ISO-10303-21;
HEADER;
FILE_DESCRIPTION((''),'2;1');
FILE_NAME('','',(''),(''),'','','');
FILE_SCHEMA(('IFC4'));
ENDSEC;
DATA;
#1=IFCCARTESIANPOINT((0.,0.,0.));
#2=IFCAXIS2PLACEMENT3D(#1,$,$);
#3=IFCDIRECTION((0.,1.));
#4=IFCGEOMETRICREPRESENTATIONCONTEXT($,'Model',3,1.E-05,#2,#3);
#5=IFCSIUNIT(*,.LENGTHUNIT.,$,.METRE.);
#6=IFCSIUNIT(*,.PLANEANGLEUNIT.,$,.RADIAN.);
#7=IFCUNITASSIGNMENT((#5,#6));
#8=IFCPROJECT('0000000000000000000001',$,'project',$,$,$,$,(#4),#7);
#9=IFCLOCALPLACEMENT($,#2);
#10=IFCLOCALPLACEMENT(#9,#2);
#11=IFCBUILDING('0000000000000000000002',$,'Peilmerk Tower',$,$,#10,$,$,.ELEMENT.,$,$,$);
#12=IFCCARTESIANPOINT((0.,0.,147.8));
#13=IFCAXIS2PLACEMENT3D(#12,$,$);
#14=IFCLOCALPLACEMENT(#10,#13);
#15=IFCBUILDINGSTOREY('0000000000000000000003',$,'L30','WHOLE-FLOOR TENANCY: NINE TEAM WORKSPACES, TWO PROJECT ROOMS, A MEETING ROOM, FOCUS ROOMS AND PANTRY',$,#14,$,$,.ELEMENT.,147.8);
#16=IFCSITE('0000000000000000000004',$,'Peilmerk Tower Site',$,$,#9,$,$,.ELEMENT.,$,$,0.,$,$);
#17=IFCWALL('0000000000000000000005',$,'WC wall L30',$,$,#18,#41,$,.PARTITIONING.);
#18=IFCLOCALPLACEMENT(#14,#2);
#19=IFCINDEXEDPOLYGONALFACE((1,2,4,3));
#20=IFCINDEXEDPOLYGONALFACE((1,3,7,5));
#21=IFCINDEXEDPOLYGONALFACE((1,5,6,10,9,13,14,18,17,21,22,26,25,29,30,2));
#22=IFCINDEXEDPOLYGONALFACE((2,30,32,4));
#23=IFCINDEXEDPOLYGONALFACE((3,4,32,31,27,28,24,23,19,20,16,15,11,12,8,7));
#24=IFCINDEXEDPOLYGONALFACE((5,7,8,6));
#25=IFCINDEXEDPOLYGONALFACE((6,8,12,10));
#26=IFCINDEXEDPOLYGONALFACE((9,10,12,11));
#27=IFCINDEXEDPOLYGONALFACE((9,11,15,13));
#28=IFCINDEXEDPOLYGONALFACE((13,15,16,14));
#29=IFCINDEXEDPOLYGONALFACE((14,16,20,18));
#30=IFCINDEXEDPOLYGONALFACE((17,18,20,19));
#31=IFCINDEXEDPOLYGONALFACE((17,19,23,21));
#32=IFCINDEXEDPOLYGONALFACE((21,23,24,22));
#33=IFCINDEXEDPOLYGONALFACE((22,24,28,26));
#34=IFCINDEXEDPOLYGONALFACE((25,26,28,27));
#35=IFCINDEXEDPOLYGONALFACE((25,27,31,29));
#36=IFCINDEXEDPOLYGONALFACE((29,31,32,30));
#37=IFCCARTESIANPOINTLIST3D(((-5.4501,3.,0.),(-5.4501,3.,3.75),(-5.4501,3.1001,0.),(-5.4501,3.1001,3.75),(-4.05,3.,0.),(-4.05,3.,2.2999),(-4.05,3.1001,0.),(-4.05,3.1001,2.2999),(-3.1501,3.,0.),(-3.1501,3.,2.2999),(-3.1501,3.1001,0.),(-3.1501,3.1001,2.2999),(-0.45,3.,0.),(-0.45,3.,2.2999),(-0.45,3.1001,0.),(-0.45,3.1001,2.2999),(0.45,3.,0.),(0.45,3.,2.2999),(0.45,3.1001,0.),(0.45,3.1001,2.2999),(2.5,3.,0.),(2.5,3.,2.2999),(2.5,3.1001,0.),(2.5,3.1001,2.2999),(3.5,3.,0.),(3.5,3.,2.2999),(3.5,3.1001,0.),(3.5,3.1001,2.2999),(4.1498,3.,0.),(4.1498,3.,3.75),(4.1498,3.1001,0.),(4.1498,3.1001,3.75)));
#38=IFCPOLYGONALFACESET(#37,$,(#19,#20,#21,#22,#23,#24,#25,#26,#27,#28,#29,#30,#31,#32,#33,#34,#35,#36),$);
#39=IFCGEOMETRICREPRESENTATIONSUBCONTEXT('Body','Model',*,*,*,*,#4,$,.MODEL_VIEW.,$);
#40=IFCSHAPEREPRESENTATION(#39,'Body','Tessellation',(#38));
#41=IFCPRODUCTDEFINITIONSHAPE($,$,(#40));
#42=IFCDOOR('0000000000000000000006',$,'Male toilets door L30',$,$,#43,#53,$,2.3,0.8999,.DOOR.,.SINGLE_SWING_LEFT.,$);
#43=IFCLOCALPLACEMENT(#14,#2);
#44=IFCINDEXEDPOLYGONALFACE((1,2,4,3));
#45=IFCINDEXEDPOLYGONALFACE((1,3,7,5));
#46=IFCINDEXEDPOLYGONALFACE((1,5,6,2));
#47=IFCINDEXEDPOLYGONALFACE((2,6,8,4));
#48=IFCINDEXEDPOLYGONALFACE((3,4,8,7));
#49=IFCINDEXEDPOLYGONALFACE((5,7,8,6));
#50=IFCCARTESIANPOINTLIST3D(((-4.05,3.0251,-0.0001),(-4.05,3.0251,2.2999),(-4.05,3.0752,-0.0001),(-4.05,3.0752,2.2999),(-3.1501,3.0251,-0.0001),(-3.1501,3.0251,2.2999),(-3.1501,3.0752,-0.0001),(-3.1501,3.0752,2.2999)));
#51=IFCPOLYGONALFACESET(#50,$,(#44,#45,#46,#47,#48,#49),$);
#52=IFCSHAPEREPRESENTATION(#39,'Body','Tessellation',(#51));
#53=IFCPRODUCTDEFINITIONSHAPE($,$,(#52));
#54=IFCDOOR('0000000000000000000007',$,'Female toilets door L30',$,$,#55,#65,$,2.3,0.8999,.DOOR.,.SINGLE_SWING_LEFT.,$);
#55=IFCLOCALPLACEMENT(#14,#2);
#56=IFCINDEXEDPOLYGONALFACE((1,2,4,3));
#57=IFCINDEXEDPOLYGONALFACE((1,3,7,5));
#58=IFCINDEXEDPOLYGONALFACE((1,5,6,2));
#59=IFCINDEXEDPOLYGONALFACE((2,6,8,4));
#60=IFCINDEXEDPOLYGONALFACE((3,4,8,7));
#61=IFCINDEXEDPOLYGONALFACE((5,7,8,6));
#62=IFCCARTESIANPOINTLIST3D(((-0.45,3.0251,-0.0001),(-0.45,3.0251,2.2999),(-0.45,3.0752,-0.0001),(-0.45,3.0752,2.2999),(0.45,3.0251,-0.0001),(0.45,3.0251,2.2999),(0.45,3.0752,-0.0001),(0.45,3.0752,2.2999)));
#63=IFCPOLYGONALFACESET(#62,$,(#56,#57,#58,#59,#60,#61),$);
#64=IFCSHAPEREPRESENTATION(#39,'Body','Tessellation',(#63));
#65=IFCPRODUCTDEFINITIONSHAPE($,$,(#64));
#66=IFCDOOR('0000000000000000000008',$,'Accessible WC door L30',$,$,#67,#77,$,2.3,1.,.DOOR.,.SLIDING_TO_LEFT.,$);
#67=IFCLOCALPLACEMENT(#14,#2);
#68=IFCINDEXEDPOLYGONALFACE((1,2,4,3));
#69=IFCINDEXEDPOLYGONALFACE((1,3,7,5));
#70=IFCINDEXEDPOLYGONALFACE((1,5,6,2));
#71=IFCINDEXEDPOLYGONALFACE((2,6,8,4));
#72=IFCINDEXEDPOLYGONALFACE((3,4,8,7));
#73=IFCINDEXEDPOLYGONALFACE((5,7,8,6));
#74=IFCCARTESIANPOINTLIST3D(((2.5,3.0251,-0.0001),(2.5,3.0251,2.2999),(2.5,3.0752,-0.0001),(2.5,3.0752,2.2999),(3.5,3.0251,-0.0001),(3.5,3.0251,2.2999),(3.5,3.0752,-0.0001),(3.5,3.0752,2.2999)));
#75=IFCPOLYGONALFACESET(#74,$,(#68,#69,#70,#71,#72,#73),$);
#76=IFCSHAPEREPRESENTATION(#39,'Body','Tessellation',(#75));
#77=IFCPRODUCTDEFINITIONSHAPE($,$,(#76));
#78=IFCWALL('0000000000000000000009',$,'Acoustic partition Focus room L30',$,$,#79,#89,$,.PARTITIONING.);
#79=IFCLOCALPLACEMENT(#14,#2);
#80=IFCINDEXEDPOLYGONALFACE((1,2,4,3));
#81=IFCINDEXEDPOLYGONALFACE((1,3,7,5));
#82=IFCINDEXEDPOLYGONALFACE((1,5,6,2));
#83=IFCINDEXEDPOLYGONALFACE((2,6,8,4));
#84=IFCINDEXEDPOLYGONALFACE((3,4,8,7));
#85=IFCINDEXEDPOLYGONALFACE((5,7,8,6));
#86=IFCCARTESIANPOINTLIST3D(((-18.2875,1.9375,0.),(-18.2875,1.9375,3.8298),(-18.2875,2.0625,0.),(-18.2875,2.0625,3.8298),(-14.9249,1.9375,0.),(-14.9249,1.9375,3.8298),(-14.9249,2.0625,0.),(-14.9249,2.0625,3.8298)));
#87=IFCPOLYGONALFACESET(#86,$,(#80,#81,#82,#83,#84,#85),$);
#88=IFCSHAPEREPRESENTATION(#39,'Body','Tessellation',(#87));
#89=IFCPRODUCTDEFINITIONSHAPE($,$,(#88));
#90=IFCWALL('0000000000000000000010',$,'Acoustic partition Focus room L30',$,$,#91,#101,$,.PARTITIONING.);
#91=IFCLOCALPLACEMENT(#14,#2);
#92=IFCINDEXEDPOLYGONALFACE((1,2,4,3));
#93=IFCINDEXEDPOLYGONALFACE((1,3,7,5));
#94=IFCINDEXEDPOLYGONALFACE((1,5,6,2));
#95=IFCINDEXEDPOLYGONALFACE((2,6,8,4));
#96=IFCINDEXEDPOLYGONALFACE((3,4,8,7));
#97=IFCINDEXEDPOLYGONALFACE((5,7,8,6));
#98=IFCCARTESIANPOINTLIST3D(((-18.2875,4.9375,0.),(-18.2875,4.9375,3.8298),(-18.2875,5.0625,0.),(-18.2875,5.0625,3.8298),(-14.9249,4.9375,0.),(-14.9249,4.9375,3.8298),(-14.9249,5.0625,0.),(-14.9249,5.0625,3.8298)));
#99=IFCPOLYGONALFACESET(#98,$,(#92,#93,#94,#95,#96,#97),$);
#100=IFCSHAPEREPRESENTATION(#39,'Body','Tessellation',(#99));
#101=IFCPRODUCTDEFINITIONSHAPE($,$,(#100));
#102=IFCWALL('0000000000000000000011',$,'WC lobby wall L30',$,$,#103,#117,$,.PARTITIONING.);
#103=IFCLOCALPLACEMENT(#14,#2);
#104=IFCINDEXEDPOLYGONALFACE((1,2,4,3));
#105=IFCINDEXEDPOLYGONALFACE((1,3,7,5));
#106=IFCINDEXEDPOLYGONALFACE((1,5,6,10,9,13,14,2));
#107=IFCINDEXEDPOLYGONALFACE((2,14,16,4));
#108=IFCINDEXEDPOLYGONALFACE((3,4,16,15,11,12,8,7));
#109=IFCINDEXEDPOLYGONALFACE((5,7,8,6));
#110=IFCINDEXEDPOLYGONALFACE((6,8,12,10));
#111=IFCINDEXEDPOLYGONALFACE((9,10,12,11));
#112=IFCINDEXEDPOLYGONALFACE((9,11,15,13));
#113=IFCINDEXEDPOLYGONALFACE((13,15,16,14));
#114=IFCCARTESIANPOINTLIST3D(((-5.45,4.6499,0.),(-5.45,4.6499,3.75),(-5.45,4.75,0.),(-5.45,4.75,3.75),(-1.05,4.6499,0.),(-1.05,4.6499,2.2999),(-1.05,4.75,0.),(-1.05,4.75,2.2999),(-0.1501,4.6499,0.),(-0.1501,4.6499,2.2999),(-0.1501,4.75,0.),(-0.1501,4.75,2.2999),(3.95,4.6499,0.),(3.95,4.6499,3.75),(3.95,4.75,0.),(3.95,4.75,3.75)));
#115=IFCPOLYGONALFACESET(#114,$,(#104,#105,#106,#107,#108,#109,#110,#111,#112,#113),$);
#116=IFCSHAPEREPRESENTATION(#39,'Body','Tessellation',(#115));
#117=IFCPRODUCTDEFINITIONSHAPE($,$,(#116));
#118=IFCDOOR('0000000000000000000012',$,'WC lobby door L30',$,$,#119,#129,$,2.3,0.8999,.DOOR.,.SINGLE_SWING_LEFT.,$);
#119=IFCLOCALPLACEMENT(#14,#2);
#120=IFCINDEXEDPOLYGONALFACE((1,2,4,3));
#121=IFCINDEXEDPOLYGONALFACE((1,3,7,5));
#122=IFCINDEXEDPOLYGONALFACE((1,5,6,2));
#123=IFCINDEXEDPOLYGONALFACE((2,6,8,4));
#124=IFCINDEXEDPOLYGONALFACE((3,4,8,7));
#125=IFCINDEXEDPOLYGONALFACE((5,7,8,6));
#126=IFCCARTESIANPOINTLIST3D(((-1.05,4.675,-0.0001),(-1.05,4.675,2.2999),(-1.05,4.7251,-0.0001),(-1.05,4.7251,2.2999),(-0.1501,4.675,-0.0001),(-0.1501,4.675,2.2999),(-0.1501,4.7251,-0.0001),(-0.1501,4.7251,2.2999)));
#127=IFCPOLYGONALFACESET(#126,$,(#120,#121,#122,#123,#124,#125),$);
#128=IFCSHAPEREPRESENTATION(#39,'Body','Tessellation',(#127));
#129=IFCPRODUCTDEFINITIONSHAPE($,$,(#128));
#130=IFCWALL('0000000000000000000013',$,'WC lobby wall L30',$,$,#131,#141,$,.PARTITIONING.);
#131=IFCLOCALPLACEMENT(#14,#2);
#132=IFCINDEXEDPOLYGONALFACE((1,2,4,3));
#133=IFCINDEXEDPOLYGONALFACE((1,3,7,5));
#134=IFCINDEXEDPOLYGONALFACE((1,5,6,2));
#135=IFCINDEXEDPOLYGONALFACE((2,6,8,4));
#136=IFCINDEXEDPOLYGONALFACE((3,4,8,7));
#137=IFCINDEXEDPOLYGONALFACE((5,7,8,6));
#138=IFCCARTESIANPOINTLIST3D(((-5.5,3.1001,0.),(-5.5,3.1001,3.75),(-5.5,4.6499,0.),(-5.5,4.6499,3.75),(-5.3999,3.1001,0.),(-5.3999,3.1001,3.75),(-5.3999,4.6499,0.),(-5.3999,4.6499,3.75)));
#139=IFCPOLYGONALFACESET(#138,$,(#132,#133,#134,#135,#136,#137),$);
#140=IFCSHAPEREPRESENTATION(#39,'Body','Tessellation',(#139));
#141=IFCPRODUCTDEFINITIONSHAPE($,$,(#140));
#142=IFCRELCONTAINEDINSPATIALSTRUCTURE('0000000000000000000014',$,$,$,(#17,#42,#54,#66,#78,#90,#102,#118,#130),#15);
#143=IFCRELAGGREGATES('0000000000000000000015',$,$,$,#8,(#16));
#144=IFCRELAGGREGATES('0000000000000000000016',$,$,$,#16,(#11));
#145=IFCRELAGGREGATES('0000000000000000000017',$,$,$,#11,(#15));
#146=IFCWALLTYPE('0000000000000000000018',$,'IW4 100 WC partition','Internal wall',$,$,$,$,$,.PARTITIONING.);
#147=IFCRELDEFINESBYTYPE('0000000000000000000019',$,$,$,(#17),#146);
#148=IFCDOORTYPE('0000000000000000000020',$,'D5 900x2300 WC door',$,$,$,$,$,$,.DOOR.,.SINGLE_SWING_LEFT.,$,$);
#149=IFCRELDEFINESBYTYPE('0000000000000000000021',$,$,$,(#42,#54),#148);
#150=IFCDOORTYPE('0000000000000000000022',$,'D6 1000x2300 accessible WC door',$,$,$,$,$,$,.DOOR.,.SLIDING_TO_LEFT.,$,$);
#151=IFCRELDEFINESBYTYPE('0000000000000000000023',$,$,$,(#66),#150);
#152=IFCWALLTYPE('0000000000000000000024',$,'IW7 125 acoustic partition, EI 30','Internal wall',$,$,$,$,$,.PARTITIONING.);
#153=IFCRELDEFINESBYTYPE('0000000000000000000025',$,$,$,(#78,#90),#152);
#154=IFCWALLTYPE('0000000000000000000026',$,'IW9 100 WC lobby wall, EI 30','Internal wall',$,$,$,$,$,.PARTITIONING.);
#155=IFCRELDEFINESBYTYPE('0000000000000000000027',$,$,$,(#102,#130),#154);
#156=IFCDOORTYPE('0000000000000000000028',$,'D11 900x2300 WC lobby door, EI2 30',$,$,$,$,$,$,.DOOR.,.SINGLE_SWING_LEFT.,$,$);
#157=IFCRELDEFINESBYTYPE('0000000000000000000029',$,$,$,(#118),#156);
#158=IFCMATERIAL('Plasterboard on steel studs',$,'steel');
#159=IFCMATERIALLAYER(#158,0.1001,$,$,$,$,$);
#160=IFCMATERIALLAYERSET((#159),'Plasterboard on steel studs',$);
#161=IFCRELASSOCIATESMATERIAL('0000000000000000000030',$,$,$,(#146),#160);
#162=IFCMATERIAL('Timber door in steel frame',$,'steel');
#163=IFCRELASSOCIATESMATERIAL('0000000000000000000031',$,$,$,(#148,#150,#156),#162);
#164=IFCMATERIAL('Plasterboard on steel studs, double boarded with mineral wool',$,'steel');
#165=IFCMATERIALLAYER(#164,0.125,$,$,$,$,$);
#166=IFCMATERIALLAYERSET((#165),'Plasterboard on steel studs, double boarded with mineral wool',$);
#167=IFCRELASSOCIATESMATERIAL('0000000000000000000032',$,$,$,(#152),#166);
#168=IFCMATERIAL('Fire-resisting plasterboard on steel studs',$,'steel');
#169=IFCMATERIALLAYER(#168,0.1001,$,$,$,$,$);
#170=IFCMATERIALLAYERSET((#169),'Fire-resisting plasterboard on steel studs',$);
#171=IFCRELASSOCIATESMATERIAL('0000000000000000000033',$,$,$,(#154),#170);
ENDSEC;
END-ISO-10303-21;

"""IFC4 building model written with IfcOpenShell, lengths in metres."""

from ifc_helpers import new_model, si_unit, direction, frame, frame_2d, origin, place, context, subcontext, project, spatial, rectangle, extrude, material, layer, layer_set, type_object, element, fill, save


model = new_model("IFC4")

# Units and contexts
model_context = context("Model", 3, precision=1e-05, world=origin(), true_north=direction((0.0, 1.0)))
body_context = subcontext(model_context, "Body", "Model", "MODEL_VIEW")
ifc_project = project(units=[si_unit("LENGTHUNIT", "METRE"), si_unit("PLANEANGLEUNIT", "RADIAN")], contexts=[model_context])

# Site, building, storey
site_placement = place(None, origin())
site = spatial("IfcSite", under=ifc_project, at=site_placement, Name="Peilmerk Tower Site", CompositionType="ELEMENT", RefElevation=0.0)
building_placement = place(site_placement, origin())
building = spatial("IfcBuilding", under=site, at=building_placement, Name="Peilmerk Tower", CompositionType="ELEMENT")
storey_placement = place(building_placement, frame((0.0, 0.0, 147.8)))
storey = spatial("IfcBuildingStorey", under=building, at=storey_placement, Name="L30", Description="WHOLE-FLOOR TENANCY: NINE TEAM WORKSPACES, TWO PROJECT ROOMS, A MEETING ROOM, FOCUS ROOMS AND PANTRY", CompositionType="ELEMENT", Elevation=147.8)

# Wall, openings, doors
ifc_material_1 = material(Name="Plasterboard on steel studs", Category="steel")
ifc_layer_1 = layer(ifc_material_1, 0.1001)
ifc_layer_set_1 = layer_set([ifc_layer_1], Name="Plasterboard on steel studs")
wall_type_1 = type_object("IfcWallType", Name="IW4 100 WC partition", Description="Internal wall", PredefinedType="PARTITIONING", material=ifc_layer_set_1)
wall_1_placement = place(storey_placement, frame((-5.45, 3.05, 0.0), z_axis=(0.0, 0.0, 1.0), x_axis=(1.0, 0.0, 0.0)))
wall_1 = element("IfcWall", 1, at=wall_1_placement, inside=storey, type_object=wall_type_1, Name="WC wall L30", PredefinedType="PARTITIONING", context=body_context, shape_type="SweptSolid", body=[
    extrude(rectangle(XDim=9.5999, YDim=0.1001, at=frame_2d((4.7998, 0.0))), origin(), (0.0, 0.0, 1.0), 3.75),
])
opening_1_placement = place(wall_1_placement, frame((1.3999, 0.0, 0.0)))
opening_1 = element("IfcOpeningElement", 2, at=opening_1_placement, cuts=wall_1, PredefinedType="OPENING", context=body_context, shape_type="SweptSolid", body=[
    extrude(rectangle(XDim=0.8999, YDim=2.3, at=frame_2d((0.45, 1.1499))), frame((0.0, 0.0601, 0.0), z_axis=(0.0, -1.0, 0.0), x_axis=(1.0, 0.0, 0.0)), (0.0, 0.0, 1.0), 0.1201),
])
opening_2_placement = place(wall_1_placement, frame((5.0, 0.0, 0.0)))
opening_2 = element("IfcOpeningElement", 3, at=opening_2_placement, cuts=wall_1, PredefinedType="OPENING", context=body_context, shape_type="SweptSolid", body=[
    extrude(rectangle(XDim=0.8999, YDim=2.3, at=frame_2d((0.45, 1.1499))), frame((0.0, 0.0601, 0.0), z_axis=(0.0, -1.0, 0.0), x_axis=(1.0, 0.0, 0.0)), (0.0, 0.0, 1.0), 0.1201),
])
opening_3_placement = place(wall_1_placement, frame((7.95, 0.0, 0.0)))
opening_3 = element("IfcOpeningElement", 4, at=opening_3_placement, cuts=wall_1, PredefinedType="OPENING", context=body_context, shape_type="SweptSolid", body=[
    extrude(rectangle(XDim=1.0, YDim=2.3, at=frame_2d((0.5, 1.1499))), frame((0.0, 0.0601, 0.0), z_axis=(0.0, -1.0, 0.0), x_axis=(1.0, 0.0, 0.0)), (0.0, 0.0, 1.0), 0.1201),
])
ifc_material_2 = material(Name="Timber door in steel frame", Category="steel")
door_type_1 = type_object("IfcDoorType", Name="D5 900x2300 WC door", OperationType="SINGLE_SWING_LEFT", PredefinedType="DOOR", material=ifc_material_2)
door_1_placement = place(opening_1_placement, frame((0.8999, 0.0, 0.0), z_axis=(0.0, 0.0, 1.0), x_axis=(-1.0, 0.0, 0.0)))
door_1 = element("IfcDoor", 5, at=door_1_placement, inside=storey, type_object=door_type_1, Name="Male toilets door L30", OperationType="SINGLE_SWING_LEFT", OverallHeight=2.3, OverallWidth=0.8999, PredefinedType="DOOR", context=body_context, shape_type="SweptSolid", body=[
    extrude(rectangle(XDim=0.8999, YDim=2.3, at=frame_2d((0.45, 1.1499))), frame((0.0, 0.0249, 0.0), z_axis=(0.0, -1.0, 0.0), x_axis=(1.0, 0.0, 0.0)), (0.0, 0.0, 1.0), 0.05),
])
fill(opening_1, door_1)
door_2_placement = place(opening_2_placement, frame((0.8999, 0.0, 0.0), z_axis=(0.0, 0.0, 1.0), x_axis=(-1.0, 0.0, 0.0)))
door_2 = element("IfcDoor", 6, at=door_2_placement, inside=storey, type_object=door_type_1, Name="Female toilets door L30", OperationType="SINGLE_SWING_LEFT", OverallHeight=2.3, OverallWidth=0.8999, PredefinedType="DOOR", context=body_context, shape_type="SweptSolid", body=[
    extrude(rectangle(XDim=0.8999, YDim=2.3, at=frame_2d((0.45, 1.1499))), frame((0.0, 0.0249, 0.0), z_axis=(0.0, -1.0, 0.0), x_axis=(1.0, 0.0, 0.0)), (0.0, 0.0, 1.0), 0.05),
])
fill(opening_2, door_2)
door_type_2 = type_object("IfcDoorType", Name="D6 1000x2300 accessible WC door", OperationType="SLIDING_TO_LEFT", PredefinedType="DOOR", material=ifc_material_2)
door_3_placement = place(opening_3_placement, frame((1.0, 0.0, 0.0), z_axis=(0.0, 0.0, 1.0), x_axis=(-1.0, 0.0, 0.0)))
door_3 = element("IfcDoor", 7, at=door_3_placement, inside=storey, type_object=door_type_2, Name="Accessible WC door L30", OperationType="SLIDING_TO_LEFT", OverallHeight=2.3, OverallWidth=1.0, PredefinedType="DOOR", context=body_context, shape_type="SweptSolid", body=[
    extrude(rectangle(XDim=1.0, YDim=2.3, at=frame_2d((0.5, 1.1499))), frame((0.0, 0.0249, 0.0), z_axis=(0.0, -1.0, 0.0), x_axis=(1.0, 0.0, 0.0)), (0.0, 0.0, 1.0), 0.05),
])
fill(opening_3, door_3)

# Walls
ifc_material_3 = material(Name="Plasterboard on steel studs, double boarded with mineral wool", Category="steel")
ifc_layer_2 = layer(ifc_material_3, 0.125)
ifc_layer_set_2 = layer_set([ifc_layer_2], Name="Plasterboard on steel studs, double boarded with mineral wool")
wall_type_2 = type_object("IfcWallType", Name="IW7 125 acoustic partition, EI 30", Description="Internal wall", PredefinedType="PARTITIONING", material=ifc_layer_set_2)
for number, where, z_axis, x_axis, name in (
    (8, (-14.925, 2.0, 0.0), (0.0, 0.0, 1.0), (-1.0, 0.0, 0.0), "Acoustic partition Focus room L30"),
    (9, (-14.925, 5.0, 0.0), (0.0, 0.0, 1.0), (-1.0, 0.0, 0.0), "Acoustic partition Focus room L30"),
):
    element("IfcWall", number, at=place(storey_placement, frame(where, z_axis=z_axis, x_axis=x_axis)), inside=storey, type_object=wall_type_2, Name=name, PredefinedType="PARTITIONING", context=body_context, shape_type="SweptSolid", body=[
        extrude(rectangle(XDim=3.3625, YDim=0.125, at=frame_2d((1.6812, 0.0))), origin(), (0.0, 0.0, 1.0), 3.8298),
    ])

# Wall, opening, door
ifc_material_4 = material(Name="Fire-resisting plasterboard on steel studs", Category="steel")
ifc_layer_3 = layer(ifc_material_4, 0.1001)
ifc_layer_set_3 = layer_set([ifc_layer_3], Name="Fire-resisting plasterboard on steel studs")
wall_type_3 = type_object("IfcWallType", Name="IW9 100 WC lobby wall, EI 30", Description="Internal wall", PredefinedType="PARTITIONING", material=ifc_layer_set_3)
wall_2_placement = place(storey_placement, frame((-5.45, 4.7, 0.0), z_axis=(0.0, 0.0, 1.0), x_axis=(1.0, 0.0, 0.0)))
wall_2 = element("IfcWall", 10, at=wall_2_placement, inside=storey, type_object=wall_type_3, Name="WC lobby wall L30", PredefinedType="PARTITIONING", context=body_context, shape_type="SweptSolid", body=[
    extrude(rectangle(XDim=9.3999, YDim=0.1001, at=frame_2d((4.7, 0.0))), origin(), (0.0, 0.0, 1.0), 3.75),
])
opening_4_placement = place(wall_2_placement, frame((4.3999, 0.0, 0.0)))
opening_4 = element("IfcOpeningElement", 11, at=opening_4_placement, cuts=wall_2, PredefinedType="OPENING", context=body_context, shape_type="SweptSolid", body=[
    extrude(rectangle(XDim=0.8999, YDim=2.3, at=frame_2d((0.45, 1.1499))), frame((0.0, 0.0601, 0.0), z_axis=(0.0, -1.0, 0.0), x_axis=(1.0, 0.0, 0.0)), (0.0, 0.0, 1.0), 0.1201),
])
door_type_3 = type_object("IfcDoorType", Name="D11 900x2300 WC lobby door, EI2 30", OperationType="SINGLE_SWING_LEFT", PredefinedType="DOOR", material=ifc_material_2)
door_4_placement = place(opening_4_placement, frame((0.8999, 0.0, 0.0), z_axis=(0.0, 0.0, 1.0), x_axis=(-1.0, 0.0, 0.0)))
door_4 = element("IfcDoor", 12, at=door_4_placement, inside=storey, type_object=door_type_3, Name="WC lobby door L30", OperationType="SINGLE_SWING_LEFT", OverallHeight=2.3, OverallWidth=0.8999, PredefinedType="DOOR", context=body_context, shape_type="SweptSolid", body=[
    extrude(rectangle(XDim=0.8999, YDim=2.3, at=frame_2d((0.45, 1.1499))), frame((0.0, 0.0249, 0.0), z_axis=(0.0, -1.0, 0.0), x_axis=(1.0, 0.0, 0.0)), (0.0, 0.0, 1.0), 0.05),
])
fill(opening_4, door_4)

# Wall
wall_3_placement = place(storey_placement, frame((-5.45, 3.1001, 0.0), z_axis=(0.0, 0.0, 1.0), x_axis=(0.0, 1.0, 0.0)))
element("IfcWall", 13, at=wall_3_placement, inside=storey, type_object=wall_type_3, Name="WC lobby wall L30", PredefinedType="PARTITIONING", context=body_context, shape_type="SweptSolid", body=[
    extrude(rectangle(XDim=1.5498, YDim=0.1001, at=frame_2d((0.7749, 0.0))), origin(), (0.0, 0.0, 1.0), 3.75),
])

save(model, "model.ifc")
